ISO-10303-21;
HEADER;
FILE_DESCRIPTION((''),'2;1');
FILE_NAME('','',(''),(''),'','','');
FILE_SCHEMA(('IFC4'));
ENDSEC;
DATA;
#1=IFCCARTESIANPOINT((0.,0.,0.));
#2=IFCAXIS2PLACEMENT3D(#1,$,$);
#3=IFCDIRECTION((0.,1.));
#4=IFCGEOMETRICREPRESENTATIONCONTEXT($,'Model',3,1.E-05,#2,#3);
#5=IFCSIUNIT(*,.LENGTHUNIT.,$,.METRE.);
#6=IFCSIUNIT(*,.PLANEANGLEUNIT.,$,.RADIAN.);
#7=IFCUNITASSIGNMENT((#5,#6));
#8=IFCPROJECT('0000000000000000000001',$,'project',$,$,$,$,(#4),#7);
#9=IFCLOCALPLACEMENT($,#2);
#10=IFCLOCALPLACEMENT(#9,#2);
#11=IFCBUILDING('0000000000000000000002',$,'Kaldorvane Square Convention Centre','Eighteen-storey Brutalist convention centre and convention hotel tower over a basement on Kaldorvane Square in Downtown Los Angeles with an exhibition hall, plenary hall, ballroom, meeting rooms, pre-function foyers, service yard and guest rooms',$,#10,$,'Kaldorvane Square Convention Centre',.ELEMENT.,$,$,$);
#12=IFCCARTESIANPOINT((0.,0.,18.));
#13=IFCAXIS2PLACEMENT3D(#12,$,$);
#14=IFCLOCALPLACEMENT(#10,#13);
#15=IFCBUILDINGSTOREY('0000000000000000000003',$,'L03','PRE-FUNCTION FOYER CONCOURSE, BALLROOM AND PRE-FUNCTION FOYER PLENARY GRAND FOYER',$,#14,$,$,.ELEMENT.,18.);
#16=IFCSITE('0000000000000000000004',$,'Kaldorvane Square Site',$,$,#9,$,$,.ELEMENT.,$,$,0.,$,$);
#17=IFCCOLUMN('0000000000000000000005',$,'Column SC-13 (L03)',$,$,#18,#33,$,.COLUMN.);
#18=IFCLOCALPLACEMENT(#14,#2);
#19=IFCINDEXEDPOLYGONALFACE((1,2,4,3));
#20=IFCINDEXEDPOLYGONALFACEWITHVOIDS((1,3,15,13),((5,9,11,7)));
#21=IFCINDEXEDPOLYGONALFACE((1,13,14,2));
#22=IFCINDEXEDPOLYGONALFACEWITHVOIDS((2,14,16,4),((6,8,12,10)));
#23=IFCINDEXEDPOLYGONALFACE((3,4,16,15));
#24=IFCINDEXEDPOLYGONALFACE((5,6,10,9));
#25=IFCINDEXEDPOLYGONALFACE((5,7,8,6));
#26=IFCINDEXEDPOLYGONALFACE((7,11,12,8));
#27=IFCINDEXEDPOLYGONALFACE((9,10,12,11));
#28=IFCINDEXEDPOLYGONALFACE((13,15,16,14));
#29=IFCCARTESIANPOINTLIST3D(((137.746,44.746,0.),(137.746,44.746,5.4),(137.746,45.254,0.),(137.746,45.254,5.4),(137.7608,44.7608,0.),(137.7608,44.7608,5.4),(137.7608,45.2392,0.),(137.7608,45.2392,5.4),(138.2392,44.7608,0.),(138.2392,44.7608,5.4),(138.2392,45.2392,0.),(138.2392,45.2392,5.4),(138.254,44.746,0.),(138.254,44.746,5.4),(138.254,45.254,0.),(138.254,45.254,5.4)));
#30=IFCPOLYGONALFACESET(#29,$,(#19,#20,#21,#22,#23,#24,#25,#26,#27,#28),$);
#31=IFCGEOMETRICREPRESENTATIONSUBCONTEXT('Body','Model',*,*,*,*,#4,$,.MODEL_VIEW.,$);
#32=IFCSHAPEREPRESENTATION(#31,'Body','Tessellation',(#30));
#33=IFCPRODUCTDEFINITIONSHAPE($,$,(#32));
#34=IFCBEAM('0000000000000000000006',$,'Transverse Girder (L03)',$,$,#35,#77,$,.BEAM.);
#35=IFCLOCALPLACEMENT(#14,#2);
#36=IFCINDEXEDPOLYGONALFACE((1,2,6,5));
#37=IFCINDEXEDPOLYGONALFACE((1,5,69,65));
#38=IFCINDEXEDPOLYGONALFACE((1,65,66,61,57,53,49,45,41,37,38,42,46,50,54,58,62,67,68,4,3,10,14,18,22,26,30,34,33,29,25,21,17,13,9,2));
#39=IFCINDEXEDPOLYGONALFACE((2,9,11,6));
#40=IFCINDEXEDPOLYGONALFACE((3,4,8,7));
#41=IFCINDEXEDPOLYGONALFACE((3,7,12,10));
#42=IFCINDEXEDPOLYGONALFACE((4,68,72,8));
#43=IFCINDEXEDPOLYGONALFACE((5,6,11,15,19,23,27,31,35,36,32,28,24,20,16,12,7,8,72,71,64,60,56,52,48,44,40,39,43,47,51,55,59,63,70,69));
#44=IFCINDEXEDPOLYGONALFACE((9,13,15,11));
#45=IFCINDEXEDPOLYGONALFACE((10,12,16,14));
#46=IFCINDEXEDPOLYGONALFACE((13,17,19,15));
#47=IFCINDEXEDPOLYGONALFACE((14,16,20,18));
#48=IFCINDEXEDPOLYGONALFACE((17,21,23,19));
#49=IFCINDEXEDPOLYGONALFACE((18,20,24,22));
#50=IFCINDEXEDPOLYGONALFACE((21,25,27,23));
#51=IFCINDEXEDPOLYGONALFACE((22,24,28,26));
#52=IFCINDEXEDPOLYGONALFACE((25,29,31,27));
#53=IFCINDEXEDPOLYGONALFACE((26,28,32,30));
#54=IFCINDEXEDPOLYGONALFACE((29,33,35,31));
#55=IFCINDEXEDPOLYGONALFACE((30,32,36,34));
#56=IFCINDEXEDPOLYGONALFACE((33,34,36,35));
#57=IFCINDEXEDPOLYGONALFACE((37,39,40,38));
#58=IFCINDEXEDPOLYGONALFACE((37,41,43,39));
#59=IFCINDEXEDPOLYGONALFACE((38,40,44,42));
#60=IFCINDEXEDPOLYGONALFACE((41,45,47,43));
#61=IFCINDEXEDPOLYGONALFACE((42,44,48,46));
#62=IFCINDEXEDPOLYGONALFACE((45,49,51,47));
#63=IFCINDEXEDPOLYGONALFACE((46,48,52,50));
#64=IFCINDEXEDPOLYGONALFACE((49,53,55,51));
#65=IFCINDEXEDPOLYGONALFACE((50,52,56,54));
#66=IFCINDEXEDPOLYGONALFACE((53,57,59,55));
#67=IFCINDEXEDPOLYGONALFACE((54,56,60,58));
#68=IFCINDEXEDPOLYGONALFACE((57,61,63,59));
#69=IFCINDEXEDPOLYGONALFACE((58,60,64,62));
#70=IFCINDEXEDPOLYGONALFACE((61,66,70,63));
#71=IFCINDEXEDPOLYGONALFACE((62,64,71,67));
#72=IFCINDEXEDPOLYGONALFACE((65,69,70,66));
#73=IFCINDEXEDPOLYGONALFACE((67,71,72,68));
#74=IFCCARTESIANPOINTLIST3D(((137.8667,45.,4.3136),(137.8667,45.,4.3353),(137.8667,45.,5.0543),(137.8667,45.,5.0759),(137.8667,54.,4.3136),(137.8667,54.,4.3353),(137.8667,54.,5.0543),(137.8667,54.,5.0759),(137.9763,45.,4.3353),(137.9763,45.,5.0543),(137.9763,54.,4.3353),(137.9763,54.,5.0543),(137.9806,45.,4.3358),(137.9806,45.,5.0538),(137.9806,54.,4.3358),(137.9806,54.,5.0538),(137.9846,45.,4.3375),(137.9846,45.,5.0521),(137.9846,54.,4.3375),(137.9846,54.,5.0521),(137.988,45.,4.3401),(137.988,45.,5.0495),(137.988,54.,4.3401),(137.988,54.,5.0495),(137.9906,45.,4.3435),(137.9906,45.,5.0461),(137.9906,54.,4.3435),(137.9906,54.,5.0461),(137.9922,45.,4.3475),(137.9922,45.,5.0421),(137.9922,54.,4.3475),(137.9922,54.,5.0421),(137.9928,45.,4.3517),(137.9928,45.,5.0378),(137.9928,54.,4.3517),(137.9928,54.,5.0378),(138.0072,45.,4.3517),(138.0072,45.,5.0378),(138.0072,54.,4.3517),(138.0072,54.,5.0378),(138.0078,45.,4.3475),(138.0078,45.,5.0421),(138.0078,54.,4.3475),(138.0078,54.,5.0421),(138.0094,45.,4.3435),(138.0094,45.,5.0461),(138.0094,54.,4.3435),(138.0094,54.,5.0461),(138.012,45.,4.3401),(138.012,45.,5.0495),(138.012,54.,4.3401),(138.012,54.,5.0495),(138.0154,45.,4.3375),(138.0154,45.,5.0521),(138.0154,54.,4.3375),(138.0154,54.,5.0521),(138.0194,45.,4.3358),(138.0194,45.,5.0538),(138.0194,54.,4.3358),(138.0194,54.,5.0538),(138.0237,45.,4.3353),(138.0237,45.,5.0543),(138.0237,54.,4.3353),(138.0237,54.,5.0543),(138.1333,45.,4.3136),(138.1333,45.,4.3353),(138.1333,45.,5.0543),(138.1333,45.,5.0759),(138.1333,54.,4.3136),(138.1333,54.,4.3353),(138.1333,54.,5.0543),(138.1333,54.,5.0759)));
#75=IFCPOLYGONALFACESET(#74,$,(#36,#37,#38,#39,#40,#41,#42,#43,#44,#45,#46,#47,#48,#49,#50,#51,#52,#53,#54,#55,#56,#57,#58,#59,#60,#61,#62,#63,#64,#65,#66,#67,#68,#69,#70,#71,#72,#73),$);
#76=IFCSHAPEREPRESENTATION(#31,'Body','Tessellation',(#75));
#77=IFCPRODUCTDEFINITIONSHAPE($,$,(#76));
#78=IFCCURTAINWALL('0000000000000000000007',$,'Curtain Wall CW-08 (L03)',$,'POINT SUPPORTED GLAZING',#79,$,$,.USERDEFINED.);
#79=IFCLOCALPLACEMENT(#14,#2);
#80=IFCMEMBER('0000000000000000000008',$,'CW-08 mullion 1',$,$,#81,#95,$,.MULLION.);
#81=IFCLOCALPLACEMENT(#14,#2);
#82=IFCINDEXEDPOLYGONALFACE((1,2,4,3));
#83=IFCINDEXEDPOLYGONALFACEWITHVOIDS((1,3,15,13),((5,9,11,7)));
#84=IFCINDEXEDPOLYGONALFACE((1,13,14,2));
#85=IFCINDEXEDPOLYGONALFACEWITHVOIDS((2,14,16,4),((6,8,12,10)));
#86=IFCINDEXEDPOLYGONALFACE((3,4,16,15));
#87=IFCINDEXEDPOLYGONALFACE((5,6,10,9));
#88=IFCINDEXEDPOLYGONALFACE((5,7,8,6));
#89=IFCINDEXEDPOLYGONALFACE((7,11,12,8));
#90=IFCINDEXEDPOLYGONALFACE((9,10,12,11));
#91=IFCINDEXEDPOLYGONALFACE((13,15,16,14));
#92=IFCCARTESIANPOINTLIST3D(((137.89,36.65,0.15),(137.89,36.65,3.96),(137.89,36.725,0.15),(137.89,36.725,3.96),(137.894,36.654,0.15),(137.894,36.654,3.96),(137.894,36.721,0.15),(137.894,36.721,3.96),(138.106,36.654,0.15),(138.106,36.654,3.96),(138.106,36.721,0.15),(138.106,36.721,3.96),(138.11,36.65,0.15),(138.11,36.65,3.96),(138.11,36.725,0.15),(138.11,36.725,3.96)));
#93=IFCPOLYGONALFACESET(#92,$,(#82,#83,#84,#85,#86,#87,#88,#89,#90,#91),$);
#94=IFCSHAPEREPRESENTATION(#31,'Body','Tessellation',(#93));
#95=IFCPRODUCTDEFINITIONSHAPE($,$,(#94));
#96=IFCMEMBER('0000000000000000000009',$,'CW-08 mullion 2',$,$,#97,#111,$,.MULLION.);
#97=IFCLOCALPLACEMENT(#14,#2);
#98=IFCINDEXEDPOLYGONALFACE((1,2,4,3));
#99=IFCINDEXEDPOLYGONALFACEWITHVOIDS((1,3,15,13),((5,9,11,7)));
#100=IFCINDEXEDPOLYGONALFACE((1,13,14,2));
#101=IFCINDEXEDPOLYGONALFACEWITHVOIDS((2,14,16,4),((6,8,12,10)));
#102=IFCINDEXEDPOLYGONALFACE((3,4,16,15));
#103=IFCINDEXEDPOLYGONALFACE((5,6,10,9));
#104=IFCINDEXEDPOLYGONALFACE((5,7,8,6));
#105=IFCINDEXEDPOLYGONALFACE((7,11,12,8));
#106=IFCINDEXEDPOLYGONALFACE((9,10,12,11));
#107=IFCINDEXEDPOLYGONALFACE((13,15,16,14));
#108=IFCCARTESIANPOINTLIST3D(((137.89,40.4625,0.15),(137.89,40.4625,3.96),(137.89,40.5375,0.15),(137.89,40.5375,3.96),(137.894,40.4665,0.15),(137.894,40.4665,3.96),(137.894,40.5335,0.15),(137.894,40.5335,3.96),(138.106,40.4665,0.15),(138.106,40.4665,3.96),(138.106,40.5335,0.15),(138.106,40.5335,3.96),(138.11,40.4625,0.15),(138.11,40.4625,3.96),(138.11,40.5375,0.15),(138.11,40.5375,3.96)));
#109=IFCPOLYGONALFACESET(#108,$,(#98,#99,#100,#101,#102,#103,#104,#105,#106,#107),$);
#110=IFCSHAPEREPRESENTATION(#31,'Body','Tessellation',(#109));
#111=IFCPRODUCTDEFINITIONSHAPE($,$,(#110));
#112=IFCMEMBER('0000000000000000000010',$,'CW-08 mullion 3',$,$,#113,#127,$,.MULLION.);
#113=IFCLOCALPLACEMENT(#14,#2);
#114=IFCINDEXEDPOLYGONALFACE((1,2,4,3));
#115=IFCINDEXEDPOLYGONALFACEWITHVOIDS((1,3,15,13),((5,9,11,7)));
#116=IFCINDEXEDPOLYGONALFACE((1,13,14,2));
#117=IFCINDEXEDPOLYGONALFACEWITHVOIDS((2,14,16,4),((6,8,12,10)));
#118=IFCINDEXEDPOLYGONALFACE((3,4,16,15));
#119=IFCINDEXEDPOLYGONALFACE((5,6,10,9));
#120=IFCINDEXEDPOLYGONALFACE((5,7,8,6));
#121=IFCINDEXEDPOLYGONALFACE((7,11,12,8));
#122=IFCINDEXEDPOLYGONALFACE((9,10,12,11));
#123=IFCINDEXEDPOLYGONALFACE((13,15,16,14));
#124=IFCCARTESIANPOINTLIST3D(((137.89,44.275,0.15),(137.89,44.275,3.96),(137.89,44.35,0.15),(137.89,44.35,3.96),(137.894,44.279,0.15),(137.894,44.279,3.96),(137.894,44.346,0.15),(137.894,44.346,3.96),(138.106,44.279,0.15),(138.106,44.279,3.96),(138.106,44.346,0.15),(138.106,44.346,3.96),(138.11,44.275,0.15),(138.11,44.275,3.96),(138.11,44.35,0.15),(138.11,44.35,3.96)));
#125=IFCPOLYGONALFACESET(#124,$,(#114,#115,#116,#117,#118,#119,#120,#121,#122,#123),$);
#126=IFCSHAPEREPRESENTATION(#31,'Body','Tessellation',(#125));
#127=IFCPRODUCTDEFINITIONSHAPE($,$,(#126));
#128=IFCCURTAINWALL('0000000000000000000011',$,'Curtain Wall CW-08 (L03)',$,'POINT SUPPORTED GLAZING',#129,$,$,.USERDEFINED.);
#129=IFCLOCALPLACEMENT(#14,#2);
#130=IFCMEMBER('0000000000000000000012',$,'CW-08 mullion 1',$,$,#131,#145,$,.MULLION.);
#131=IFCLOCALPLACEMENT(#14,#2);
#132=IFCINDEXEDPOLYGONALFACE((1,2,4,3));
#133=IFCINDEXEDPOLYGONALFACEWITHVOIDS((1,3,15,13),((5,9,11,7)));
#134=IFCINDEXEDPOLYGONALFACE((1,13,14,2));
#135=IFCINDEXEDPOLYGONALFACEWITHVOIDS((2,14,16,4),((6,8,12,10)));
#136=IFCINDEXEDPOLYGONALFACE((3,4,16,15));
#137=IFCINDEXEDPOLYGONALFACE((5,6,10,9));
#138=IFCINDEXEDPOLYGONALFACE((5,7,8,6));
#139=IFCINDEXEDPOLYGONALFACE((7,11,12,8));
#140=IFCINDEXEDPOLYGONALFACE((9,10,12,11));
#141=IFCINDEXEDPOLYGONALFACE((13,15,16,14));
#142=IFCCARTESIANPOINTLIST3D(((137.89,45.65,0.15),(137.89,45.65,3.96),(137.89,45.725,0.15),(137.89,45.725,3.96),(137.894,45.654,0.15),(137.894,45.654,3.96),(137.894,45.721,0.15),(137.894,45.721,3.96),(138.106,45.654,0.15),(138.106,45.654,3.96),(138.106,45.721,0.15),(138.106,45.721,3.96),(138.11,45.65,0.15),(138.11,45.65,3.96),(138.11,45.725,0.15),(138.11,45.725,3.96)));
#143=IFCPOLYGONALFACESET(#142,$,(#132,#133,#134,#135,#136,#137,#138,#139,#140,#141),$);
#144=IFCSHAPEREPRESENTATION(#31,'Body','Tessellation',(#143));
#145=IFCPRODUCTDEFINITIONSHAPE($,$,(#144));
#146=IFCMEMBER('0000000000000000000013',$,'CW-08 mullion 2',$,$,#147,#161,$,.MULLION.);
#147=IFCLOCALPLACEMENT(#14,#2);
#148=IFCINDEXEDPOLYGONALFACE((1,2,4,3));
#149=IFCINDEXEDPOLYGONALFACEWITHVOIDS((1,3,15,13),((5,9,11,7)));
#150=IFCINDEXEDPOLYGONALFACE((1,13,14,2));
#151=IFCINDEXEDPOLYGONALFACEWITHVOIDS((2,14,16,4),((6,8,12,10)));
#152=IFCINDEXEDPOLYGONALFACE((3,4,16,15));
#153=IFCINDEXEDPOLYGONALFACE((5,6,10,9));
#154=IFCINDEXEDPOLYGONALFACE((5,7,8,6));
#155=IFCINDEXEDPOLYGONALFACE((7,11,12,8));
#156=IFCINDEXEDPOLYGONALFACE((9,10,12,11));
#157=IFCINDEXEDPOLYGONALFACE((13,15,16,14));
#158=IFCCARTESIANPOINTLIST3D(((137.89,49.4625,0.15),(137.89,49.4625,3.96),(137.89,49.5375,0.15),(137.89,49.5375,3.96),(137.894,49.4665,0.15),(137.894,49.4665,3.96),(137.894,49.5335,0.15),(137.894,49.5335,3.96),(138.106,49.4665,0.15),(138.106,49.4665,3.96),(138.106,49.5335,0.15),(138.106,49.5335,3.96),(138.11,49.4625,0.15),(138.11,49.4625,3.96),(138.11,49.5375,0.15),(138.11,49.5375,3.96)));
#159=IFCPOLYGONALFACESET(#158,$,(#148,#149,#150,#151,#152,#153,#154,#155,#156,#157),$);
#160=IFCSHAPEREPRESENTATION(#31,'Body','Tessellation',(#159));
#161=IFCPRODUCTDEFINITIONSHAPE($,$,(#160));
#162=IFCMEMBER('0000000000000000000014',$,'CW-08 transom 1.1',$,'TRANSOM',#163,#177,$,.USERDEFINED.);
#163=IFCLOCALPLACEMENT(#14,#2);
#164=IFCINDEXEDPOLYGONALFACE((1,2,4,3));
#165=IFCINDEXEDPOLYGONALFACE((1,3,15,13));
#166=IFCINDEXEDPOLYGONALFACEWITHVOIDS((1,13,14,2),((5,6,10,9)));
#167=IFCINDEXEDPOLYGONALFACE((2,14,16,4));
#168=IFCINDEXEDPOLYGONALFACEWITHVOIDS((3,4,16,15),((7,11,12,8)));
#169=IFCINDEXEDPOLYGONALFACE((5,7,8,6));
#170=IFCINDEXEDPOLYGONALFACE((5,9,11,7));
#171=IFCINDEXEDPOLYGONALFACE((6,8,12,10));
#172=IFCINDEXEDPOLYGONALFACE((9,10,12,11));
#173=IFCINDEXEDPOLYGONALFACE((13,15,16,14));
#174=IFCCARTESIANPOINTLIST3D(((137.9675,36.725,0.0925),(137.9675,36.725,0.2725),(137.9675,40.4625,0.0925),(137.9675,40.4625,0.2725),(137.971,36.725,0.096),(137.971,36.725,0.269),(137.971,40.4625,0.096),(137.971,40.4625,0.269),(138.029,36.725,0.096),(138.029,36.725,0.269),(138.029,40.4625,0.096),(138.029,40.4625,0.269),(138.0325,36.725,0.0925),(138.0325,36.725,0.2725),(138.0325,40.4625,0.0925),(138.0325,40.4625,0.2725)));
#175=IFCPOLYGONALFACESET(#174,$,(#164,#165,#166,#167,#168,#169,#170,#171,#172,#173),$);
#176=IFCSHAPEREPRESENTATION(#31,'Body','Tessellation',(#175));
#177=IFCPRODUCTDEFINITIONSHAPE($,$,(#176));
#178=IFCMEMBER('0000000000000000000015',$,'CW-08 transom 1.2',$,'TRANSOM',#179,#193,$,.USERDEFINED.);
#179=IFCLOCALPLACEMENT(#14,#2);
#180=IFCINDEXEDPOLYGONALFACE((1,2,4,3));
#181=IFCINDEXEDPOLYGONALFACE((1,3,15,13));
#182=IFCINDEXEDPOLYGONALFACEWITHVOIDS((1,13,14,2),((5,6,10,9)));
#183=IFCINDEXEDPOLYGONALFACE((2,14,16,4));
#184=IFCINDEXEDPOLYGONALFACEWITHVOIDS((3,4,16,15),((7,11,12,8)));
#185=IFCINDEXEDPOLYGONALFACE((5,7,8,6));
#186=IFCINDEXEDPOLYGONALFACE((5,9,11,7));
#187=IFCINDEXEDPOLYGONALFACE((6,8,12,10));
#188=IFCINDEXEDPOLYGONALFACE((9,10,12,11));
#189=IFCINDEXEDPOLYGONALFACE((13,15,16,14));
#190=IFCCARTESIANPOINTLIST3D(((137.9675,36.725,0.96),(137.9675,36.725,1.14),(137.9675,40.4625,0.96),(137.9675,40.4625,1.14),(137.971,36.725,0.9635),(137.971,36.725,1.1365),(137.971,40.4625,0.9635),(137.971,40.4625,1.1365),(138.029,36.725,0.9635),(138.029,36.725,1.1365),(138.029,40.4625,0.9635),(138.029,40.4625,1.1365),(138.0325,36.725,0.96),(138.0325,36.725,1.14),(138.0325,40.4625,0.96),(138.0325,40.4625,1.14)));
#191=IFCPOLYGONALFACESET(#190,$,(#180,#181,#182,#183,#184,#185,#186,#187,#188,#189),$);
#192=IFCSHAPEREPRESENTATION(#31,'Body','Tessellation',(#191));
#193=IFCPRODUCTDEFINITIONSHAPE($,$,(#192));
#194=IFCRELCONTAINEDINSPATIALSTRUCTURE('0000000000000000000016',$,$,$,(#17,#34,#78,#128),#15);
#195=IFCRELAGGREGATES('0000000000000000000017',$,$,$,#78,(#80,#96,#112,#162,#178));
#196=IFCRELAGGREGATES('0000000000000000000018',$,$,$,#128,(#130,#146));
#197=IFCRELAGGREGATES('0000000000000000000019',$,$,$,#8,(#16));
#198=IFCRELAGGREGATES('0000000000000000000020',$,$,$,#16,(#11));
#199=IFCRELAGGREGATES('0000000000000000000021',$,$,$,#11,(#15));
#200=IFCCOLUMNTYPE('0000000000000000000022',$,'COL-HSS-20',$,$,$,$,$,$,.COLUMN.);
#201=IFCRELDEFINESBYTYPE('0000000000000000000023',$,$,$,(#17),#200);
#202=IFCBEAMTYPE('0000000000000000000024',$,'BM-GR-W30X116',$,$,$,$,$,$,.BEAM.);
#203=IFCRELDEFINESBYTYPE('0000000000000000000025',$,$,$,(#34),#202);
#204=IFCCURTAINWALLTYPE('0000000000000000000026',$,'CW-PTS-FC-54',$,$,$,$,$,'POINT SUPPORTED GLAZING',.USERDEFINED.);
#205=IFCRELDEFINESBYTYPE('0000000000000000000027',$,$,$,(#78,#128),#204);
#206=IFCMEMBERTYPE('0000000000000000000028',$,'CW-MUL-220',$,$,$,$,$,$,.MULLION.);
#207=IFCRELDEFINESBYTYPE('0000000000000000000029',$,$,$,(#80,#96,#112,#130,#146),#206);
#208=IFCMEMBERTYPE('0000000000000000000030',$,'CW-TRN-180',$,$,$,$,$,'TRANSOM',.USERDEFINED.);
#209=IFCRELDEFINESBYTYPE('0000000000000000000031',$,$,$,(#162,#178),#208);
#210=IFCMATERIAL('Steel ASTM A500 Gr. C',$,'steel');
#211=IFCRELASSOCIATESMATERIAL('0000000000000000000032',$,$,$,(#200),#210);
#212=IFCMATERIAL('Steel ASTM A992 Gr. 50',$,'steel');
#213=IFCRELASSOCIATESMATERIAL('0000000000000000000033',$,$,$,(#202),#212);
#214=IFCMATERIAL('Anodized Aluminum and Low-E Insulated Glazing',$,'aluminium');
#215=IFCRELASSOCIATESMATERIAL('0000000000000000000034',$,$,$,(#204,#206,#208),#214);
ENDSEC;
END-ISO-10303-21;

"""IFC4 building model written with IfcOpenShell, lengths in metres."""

from ifc_helpers import new_model, si_unit, direction, frame, origin, origin_2d, place, context, subcontext, project, spatial, hollow_rectangle, i_section, extrude, material, material_profile, profile_set, type_object, element, aggregate, save


model = new_model("IFC4")

# Units and contexts
model_context = context("Model", 3, precision=1e-05, world=origin(), true_north=direction((0.0, 1.0)))
body_context = subcontext(model_context, "Body", "Model", "MODEL_VIEW")
ifc_project = project(units=[si_unit("LENGTHUNIT", "METRE"), si_unit("PLANEANGLEUNIT", "RADIAN")], contexts=[model_context])

# Site, building, storey
site_placement = place(None, origin())
site = spatial("IfcSite", under=ifc_project, at=site_placement, Name="Kaldorvane Square Site", CompositionType="ELEMENT", RefElevation=0.0)
building_placement = place(site_placement, origin())
building = spatial("IfcBuilding", under=site, at=building_placement, Name="Kaldorvane Square Convention Centre", Description="Eighteen-storey Brutalist convention centre and convention hotel tower over a basement on Kaldorvane Square in Downtown Los Angeles with an exhibition hall, plenary hall, ballroom, meeting rooms, pre-function foyers, service yard and guest rooms", LongName="Kaldorvane Square Convention Centre", CompositionType="ELEMENT")
storey_placement = place(building_placement, frame((0.0, 0.0, 18.0)))
storey = spatial("IfcBuildingStorey", under=building, at=storey_placement, Name="L03", Description="PRE-FUNCTION FOYER CONCOURSE, BALLROOM AND PRE-FUNCTION FOYER PLENARY GRAND FOYER", CompositionType="ELEMENT", Elevation=18.0)

# Column
ifc_material_1 = material(Name="Steel ASTM A500 Gr. C", Category="steel")
ifc_material_profile_1 = material_profile(ifc_material_1, hollow_rectangle(XDim=0.508, YDim=0.508, WallThickness=0.0148, at=origin_2d()), Name="HSS20X20X5/8")
ifc_profile_set_1 = profile_set([ifc_material_profile_1], Name="Steel ASTM A500 Gr. C")
column_type = type_object("IfcColumnType", Name="COL-HSS-20", PredefinedType="COLUMN", material=ifc_profile_set_1)
column_placement = place(storey_placement, frame((138.0, 45.0, 0.0), z_axis=(0.0, 0.0, 1.0), x_axis=(1.0, 0.0, 0.0)))
element("IfcColumn", 1, at=column_placement, inside=storey, type_object=column_type, Name="Column SC-13 (L03)", PredefinedType="COLUMN", context=body_context, shape_type="SweptSolid", body=[
    extrude(hollow_rectangle(XDim=0.508, YDim=0.508, WallThickness=0.0148, at=origin_2d()), origin(), (0.0, 0.0, 1.0), 5.4),
])

# Beam
ifc_material_2 = material(Name="Steel ASTM A992 Gr. 50", Category="steel")
ifc_material_profile_2 = material_profile(ifc_material_2, i_section(OverallWidth=0.2666, OverallDepth=0.7623, WebThickness=0.0144, FlangeThickness=0.0216, FilletRadius=0.0165, at=origin_2d()), Name="W30X116")
ifc_profile_set_2 = profile_set([ifc_material_profile_2], Name="Steel ASTM A992 Gr. 50")
beam_type = type_object("IfcBeamType", Name="BM-GR-W30X116", PredefinedType="BEAM", material=ifc_profile_set_2)
beam_placement = place(storey_placement, frame((138.0, 45.0, 4.6948), z_axis=(0.0, 1.0, 0.0), x_axis=(-1.0, 0.0, 0.0)))
element("IfcBeam", 2, at=beam_placement, inside=storey, type_object=beam_type, Name="Transverse Girder (L03)", PredefinedType="BEAM", context=body_context, shape_type="SweptSolid", body=[
    extrude(i_section(OverallWidth=0.2666, OverallDepth=0.7623, WebThickness=0.0144, FlangeThickness=0.0216, FilletRadius=0.0165, at=origin_2d()), origin(), (0.0, 0.0, 1.0), 9.0),
])

# Curtain walls, members
ifc_material_3 = material(Name="Anodized Aluminum and Low-E Insulated Glazing", Category="aluminium")
curtain_wall_type = type_object("IfcCurtainWallType", Name="CW-PTS-FC-54", ElementType="POINT SUPPORTED GLAZING", PredefinedType="USERDEFINED", material=ifc_material_3)
curtain_wall_1_placement = place(storey_placement, origin())
curtain_wall_1 = element("IfcCurtainWall", 3, at=curtain_wall_1_placement, inside=storey, type_object=curtain_wall_type, Name="Curtain Wall CW-08 (L03)", ObjectType="POINT SUPPORTED GLAZING", PredefinedType="USERDEFINED")
ifc_material_profile_3 = material_profile(ifc_material_3, hollow_rectangle(XDim=0.075, YDim=0.22, WallThickness=0.004, at=origin_2d()), Name="CWM-220X75")
ifc_profile_set_3 = profile_set([ifc_material_profile_3], Name="Anodized Aluminum and Low-E Insulated Glazing")
member_type_1 = type_object("IfcMemberType", Name="CW-MUL-220", PredefinedType="MULLION", material=ifc_profile_set_3)
member_1_placement = place(storey_placement, frame((138.0, 36.6875, 0.15), z_axis=(0.0, 0.0, 1.0), x_axis=(0.0, 1.0, 0.0)))
member_1 = element("IfcMember", 4, at=member_1_placement, type_object=member_type_1, Name="CW-08 mullion 1", PredefinedType="MULLION", context=body_context, shape_type="SweptSolid", body=[
    extrude(hollow_rectangle(XDim=0.075, YDim=0.22, WallThickness=0.004, at=origin_2d()), origin(), (0.0, 0.0, 1.0), 3.81),
])
member_2_placement = place(storey_placement, frame((138.0, 40.5, 0.15), z_axis=(0.0, 0.0, 1.0), x_axis=(0.0, 1.0, 0.0)))
member_2 = element("IfcMember", 5, at=member_2_placement, type_object=member_type_1, Name="CW-08 mullion 2", PredefinedType="MULLION", context=body_context, shape_type="SweptSolid", body=[
    extrude(hollow_rectangle(XDim=0.075, YDim=0.22, WallThickness=0.004, at=origin_2d()), origin(), (0.0, 0.0, 1.0), 3.81),
])
member_3_placement = place(storey_placement, frame((138.0, 44.3125, 0.15), z_axis=(0.0, 0.0, 1.0), x_axis=(0.0, 1.0, 0.0)))
member_3 = element("IfcMember", 6, at=member_3_placement, type_object=member_type_1, Name="CW-08 mullion 3", PredefinedType="MULLION", context=body_context, shape_type="SweptSolid", body=[
    extrude(hollow_rectangle(XDim=0.075, YDim=0.22, WallThickness=0.004, at=origin_2d()), origin(), (0.0, 0.0, 1.0), 3.81),
])
curtain_wall_2_placement = place(storey_placement, origin())
curtain_wall_2 = element("IfcCurtainWall", 7, at=curtain_wall_2_placement, inside=storey, type_object=curtain_wall_type, Name="Curtain Wall CW-08 (L03)", ObjectType="POINT SUPPORTED GLAZING", PredefinedType="USERDEFINED")
member_4_placement = place(storey_placement, frame((138.0, 45.6875, 0.15), z_axis=(0.0, 0.0, 1.0), x_axis=(0.0, 1.0, 0.0)))
member_4 = element("IfcMember", 8, at=member_4_placement, type_object=member_type_1, Name="CW-08 mullion 1", PredefinedType="MULLION", context=body_context, shape_type="SweptSolid", body=[
    extrude(hollow_rectangle(XDim=0.075, YDim=0.22, WallThickness=0.004, at=origin_2d()), origin(), (0.0, 0.0, 1.0), 3.81),
])
member_5_placement = place(storey_placement, frame((138.0, 49.5, 0.15), z_axis=(0.0, 0.0, 1.0), x_axis=(0.0, 1.0, 0.0)))
member_5 = element("IfcMember", 9, at=member_5_placement, type_object=member_type_1, Name="CW-08 mullion 2", PredefinedType="MULLION", context=body_context, shape_type="SweptSolid", body=[
    extrude(hollow_rectangle(XDim=0.075, YDim=0.22, WallThickness=0.004, at=origin_2d()), origin(), (0.0, 0.0, 1.0), 3.81),
])

# Members
ifc_material_profile_4 = material_profile(ifc_material_3, hollow_rectangle(XDim=0.065, YDim=0.18, WallThickness=0.0035, at=origin_2d()), Name="CWT-180X65")
ifc_profile_set_4 = profile_set([ifc_material_profile_4], Name="Anodized Aluminum and Low-E Insulated Glazing")
member_type_2 = type_object("IfcMemberType", Name="CW-TRN-180", ElementType="TRANSOM", PredefinedType="USERDEFINED", material=ifc_profile_set_4)
member_6_placement = place(storey_placement, frame((138.0, 36.725, 0.1825), z_axis=(0.0, 1.0, 0.0), x_axis=(-1.0, 0.0, 0.0)))
member_6 = element("IfcMember", 10, at=member_6_placement, type_object=member_type_2, Name="CW-08 transom 1.1", ObjectType="TRANSOM", PredefinedType="USERDEFINED", context=body_context, shape_type="SweptSolid", body=[
    extrude(hollow_rectangle(XDim=0.065, YDim=0.18, WallThickness=0.0035, at=origin_2d()), origin(), (0.0, 0.0, 1.0), 3.7375),
])
member_7_placement = place(storey_placement, frame((138.0, 36.725, 1.05), z_axis=(0.0, 1.0, 0.0), x_axis=(-1.0, 0.0, 0.0)))
member_7 = element("IfcMember", 11, at=member_7_placement, type_object=member_type_2, Name="CW-08 transom 1.2", ObjectType="TRANSOM", PredefinedType="USERDEFINED", context=body_context, shape_type="SweptSolid", body=[
    extrude(hollow_rectangle(XDim=0.065, YDim=0.18, WallThickness=0.0035, at=origin_2d()), origin(), (0.0, 0.0, 1.0), 3.7375),
])

aggregate(curtain_wall_1, [member_1, member_2, member_3, member_6, member_7])
aggregate(curtain_wall_2, [member_4, member_5])

save(model, "model.ifc")
